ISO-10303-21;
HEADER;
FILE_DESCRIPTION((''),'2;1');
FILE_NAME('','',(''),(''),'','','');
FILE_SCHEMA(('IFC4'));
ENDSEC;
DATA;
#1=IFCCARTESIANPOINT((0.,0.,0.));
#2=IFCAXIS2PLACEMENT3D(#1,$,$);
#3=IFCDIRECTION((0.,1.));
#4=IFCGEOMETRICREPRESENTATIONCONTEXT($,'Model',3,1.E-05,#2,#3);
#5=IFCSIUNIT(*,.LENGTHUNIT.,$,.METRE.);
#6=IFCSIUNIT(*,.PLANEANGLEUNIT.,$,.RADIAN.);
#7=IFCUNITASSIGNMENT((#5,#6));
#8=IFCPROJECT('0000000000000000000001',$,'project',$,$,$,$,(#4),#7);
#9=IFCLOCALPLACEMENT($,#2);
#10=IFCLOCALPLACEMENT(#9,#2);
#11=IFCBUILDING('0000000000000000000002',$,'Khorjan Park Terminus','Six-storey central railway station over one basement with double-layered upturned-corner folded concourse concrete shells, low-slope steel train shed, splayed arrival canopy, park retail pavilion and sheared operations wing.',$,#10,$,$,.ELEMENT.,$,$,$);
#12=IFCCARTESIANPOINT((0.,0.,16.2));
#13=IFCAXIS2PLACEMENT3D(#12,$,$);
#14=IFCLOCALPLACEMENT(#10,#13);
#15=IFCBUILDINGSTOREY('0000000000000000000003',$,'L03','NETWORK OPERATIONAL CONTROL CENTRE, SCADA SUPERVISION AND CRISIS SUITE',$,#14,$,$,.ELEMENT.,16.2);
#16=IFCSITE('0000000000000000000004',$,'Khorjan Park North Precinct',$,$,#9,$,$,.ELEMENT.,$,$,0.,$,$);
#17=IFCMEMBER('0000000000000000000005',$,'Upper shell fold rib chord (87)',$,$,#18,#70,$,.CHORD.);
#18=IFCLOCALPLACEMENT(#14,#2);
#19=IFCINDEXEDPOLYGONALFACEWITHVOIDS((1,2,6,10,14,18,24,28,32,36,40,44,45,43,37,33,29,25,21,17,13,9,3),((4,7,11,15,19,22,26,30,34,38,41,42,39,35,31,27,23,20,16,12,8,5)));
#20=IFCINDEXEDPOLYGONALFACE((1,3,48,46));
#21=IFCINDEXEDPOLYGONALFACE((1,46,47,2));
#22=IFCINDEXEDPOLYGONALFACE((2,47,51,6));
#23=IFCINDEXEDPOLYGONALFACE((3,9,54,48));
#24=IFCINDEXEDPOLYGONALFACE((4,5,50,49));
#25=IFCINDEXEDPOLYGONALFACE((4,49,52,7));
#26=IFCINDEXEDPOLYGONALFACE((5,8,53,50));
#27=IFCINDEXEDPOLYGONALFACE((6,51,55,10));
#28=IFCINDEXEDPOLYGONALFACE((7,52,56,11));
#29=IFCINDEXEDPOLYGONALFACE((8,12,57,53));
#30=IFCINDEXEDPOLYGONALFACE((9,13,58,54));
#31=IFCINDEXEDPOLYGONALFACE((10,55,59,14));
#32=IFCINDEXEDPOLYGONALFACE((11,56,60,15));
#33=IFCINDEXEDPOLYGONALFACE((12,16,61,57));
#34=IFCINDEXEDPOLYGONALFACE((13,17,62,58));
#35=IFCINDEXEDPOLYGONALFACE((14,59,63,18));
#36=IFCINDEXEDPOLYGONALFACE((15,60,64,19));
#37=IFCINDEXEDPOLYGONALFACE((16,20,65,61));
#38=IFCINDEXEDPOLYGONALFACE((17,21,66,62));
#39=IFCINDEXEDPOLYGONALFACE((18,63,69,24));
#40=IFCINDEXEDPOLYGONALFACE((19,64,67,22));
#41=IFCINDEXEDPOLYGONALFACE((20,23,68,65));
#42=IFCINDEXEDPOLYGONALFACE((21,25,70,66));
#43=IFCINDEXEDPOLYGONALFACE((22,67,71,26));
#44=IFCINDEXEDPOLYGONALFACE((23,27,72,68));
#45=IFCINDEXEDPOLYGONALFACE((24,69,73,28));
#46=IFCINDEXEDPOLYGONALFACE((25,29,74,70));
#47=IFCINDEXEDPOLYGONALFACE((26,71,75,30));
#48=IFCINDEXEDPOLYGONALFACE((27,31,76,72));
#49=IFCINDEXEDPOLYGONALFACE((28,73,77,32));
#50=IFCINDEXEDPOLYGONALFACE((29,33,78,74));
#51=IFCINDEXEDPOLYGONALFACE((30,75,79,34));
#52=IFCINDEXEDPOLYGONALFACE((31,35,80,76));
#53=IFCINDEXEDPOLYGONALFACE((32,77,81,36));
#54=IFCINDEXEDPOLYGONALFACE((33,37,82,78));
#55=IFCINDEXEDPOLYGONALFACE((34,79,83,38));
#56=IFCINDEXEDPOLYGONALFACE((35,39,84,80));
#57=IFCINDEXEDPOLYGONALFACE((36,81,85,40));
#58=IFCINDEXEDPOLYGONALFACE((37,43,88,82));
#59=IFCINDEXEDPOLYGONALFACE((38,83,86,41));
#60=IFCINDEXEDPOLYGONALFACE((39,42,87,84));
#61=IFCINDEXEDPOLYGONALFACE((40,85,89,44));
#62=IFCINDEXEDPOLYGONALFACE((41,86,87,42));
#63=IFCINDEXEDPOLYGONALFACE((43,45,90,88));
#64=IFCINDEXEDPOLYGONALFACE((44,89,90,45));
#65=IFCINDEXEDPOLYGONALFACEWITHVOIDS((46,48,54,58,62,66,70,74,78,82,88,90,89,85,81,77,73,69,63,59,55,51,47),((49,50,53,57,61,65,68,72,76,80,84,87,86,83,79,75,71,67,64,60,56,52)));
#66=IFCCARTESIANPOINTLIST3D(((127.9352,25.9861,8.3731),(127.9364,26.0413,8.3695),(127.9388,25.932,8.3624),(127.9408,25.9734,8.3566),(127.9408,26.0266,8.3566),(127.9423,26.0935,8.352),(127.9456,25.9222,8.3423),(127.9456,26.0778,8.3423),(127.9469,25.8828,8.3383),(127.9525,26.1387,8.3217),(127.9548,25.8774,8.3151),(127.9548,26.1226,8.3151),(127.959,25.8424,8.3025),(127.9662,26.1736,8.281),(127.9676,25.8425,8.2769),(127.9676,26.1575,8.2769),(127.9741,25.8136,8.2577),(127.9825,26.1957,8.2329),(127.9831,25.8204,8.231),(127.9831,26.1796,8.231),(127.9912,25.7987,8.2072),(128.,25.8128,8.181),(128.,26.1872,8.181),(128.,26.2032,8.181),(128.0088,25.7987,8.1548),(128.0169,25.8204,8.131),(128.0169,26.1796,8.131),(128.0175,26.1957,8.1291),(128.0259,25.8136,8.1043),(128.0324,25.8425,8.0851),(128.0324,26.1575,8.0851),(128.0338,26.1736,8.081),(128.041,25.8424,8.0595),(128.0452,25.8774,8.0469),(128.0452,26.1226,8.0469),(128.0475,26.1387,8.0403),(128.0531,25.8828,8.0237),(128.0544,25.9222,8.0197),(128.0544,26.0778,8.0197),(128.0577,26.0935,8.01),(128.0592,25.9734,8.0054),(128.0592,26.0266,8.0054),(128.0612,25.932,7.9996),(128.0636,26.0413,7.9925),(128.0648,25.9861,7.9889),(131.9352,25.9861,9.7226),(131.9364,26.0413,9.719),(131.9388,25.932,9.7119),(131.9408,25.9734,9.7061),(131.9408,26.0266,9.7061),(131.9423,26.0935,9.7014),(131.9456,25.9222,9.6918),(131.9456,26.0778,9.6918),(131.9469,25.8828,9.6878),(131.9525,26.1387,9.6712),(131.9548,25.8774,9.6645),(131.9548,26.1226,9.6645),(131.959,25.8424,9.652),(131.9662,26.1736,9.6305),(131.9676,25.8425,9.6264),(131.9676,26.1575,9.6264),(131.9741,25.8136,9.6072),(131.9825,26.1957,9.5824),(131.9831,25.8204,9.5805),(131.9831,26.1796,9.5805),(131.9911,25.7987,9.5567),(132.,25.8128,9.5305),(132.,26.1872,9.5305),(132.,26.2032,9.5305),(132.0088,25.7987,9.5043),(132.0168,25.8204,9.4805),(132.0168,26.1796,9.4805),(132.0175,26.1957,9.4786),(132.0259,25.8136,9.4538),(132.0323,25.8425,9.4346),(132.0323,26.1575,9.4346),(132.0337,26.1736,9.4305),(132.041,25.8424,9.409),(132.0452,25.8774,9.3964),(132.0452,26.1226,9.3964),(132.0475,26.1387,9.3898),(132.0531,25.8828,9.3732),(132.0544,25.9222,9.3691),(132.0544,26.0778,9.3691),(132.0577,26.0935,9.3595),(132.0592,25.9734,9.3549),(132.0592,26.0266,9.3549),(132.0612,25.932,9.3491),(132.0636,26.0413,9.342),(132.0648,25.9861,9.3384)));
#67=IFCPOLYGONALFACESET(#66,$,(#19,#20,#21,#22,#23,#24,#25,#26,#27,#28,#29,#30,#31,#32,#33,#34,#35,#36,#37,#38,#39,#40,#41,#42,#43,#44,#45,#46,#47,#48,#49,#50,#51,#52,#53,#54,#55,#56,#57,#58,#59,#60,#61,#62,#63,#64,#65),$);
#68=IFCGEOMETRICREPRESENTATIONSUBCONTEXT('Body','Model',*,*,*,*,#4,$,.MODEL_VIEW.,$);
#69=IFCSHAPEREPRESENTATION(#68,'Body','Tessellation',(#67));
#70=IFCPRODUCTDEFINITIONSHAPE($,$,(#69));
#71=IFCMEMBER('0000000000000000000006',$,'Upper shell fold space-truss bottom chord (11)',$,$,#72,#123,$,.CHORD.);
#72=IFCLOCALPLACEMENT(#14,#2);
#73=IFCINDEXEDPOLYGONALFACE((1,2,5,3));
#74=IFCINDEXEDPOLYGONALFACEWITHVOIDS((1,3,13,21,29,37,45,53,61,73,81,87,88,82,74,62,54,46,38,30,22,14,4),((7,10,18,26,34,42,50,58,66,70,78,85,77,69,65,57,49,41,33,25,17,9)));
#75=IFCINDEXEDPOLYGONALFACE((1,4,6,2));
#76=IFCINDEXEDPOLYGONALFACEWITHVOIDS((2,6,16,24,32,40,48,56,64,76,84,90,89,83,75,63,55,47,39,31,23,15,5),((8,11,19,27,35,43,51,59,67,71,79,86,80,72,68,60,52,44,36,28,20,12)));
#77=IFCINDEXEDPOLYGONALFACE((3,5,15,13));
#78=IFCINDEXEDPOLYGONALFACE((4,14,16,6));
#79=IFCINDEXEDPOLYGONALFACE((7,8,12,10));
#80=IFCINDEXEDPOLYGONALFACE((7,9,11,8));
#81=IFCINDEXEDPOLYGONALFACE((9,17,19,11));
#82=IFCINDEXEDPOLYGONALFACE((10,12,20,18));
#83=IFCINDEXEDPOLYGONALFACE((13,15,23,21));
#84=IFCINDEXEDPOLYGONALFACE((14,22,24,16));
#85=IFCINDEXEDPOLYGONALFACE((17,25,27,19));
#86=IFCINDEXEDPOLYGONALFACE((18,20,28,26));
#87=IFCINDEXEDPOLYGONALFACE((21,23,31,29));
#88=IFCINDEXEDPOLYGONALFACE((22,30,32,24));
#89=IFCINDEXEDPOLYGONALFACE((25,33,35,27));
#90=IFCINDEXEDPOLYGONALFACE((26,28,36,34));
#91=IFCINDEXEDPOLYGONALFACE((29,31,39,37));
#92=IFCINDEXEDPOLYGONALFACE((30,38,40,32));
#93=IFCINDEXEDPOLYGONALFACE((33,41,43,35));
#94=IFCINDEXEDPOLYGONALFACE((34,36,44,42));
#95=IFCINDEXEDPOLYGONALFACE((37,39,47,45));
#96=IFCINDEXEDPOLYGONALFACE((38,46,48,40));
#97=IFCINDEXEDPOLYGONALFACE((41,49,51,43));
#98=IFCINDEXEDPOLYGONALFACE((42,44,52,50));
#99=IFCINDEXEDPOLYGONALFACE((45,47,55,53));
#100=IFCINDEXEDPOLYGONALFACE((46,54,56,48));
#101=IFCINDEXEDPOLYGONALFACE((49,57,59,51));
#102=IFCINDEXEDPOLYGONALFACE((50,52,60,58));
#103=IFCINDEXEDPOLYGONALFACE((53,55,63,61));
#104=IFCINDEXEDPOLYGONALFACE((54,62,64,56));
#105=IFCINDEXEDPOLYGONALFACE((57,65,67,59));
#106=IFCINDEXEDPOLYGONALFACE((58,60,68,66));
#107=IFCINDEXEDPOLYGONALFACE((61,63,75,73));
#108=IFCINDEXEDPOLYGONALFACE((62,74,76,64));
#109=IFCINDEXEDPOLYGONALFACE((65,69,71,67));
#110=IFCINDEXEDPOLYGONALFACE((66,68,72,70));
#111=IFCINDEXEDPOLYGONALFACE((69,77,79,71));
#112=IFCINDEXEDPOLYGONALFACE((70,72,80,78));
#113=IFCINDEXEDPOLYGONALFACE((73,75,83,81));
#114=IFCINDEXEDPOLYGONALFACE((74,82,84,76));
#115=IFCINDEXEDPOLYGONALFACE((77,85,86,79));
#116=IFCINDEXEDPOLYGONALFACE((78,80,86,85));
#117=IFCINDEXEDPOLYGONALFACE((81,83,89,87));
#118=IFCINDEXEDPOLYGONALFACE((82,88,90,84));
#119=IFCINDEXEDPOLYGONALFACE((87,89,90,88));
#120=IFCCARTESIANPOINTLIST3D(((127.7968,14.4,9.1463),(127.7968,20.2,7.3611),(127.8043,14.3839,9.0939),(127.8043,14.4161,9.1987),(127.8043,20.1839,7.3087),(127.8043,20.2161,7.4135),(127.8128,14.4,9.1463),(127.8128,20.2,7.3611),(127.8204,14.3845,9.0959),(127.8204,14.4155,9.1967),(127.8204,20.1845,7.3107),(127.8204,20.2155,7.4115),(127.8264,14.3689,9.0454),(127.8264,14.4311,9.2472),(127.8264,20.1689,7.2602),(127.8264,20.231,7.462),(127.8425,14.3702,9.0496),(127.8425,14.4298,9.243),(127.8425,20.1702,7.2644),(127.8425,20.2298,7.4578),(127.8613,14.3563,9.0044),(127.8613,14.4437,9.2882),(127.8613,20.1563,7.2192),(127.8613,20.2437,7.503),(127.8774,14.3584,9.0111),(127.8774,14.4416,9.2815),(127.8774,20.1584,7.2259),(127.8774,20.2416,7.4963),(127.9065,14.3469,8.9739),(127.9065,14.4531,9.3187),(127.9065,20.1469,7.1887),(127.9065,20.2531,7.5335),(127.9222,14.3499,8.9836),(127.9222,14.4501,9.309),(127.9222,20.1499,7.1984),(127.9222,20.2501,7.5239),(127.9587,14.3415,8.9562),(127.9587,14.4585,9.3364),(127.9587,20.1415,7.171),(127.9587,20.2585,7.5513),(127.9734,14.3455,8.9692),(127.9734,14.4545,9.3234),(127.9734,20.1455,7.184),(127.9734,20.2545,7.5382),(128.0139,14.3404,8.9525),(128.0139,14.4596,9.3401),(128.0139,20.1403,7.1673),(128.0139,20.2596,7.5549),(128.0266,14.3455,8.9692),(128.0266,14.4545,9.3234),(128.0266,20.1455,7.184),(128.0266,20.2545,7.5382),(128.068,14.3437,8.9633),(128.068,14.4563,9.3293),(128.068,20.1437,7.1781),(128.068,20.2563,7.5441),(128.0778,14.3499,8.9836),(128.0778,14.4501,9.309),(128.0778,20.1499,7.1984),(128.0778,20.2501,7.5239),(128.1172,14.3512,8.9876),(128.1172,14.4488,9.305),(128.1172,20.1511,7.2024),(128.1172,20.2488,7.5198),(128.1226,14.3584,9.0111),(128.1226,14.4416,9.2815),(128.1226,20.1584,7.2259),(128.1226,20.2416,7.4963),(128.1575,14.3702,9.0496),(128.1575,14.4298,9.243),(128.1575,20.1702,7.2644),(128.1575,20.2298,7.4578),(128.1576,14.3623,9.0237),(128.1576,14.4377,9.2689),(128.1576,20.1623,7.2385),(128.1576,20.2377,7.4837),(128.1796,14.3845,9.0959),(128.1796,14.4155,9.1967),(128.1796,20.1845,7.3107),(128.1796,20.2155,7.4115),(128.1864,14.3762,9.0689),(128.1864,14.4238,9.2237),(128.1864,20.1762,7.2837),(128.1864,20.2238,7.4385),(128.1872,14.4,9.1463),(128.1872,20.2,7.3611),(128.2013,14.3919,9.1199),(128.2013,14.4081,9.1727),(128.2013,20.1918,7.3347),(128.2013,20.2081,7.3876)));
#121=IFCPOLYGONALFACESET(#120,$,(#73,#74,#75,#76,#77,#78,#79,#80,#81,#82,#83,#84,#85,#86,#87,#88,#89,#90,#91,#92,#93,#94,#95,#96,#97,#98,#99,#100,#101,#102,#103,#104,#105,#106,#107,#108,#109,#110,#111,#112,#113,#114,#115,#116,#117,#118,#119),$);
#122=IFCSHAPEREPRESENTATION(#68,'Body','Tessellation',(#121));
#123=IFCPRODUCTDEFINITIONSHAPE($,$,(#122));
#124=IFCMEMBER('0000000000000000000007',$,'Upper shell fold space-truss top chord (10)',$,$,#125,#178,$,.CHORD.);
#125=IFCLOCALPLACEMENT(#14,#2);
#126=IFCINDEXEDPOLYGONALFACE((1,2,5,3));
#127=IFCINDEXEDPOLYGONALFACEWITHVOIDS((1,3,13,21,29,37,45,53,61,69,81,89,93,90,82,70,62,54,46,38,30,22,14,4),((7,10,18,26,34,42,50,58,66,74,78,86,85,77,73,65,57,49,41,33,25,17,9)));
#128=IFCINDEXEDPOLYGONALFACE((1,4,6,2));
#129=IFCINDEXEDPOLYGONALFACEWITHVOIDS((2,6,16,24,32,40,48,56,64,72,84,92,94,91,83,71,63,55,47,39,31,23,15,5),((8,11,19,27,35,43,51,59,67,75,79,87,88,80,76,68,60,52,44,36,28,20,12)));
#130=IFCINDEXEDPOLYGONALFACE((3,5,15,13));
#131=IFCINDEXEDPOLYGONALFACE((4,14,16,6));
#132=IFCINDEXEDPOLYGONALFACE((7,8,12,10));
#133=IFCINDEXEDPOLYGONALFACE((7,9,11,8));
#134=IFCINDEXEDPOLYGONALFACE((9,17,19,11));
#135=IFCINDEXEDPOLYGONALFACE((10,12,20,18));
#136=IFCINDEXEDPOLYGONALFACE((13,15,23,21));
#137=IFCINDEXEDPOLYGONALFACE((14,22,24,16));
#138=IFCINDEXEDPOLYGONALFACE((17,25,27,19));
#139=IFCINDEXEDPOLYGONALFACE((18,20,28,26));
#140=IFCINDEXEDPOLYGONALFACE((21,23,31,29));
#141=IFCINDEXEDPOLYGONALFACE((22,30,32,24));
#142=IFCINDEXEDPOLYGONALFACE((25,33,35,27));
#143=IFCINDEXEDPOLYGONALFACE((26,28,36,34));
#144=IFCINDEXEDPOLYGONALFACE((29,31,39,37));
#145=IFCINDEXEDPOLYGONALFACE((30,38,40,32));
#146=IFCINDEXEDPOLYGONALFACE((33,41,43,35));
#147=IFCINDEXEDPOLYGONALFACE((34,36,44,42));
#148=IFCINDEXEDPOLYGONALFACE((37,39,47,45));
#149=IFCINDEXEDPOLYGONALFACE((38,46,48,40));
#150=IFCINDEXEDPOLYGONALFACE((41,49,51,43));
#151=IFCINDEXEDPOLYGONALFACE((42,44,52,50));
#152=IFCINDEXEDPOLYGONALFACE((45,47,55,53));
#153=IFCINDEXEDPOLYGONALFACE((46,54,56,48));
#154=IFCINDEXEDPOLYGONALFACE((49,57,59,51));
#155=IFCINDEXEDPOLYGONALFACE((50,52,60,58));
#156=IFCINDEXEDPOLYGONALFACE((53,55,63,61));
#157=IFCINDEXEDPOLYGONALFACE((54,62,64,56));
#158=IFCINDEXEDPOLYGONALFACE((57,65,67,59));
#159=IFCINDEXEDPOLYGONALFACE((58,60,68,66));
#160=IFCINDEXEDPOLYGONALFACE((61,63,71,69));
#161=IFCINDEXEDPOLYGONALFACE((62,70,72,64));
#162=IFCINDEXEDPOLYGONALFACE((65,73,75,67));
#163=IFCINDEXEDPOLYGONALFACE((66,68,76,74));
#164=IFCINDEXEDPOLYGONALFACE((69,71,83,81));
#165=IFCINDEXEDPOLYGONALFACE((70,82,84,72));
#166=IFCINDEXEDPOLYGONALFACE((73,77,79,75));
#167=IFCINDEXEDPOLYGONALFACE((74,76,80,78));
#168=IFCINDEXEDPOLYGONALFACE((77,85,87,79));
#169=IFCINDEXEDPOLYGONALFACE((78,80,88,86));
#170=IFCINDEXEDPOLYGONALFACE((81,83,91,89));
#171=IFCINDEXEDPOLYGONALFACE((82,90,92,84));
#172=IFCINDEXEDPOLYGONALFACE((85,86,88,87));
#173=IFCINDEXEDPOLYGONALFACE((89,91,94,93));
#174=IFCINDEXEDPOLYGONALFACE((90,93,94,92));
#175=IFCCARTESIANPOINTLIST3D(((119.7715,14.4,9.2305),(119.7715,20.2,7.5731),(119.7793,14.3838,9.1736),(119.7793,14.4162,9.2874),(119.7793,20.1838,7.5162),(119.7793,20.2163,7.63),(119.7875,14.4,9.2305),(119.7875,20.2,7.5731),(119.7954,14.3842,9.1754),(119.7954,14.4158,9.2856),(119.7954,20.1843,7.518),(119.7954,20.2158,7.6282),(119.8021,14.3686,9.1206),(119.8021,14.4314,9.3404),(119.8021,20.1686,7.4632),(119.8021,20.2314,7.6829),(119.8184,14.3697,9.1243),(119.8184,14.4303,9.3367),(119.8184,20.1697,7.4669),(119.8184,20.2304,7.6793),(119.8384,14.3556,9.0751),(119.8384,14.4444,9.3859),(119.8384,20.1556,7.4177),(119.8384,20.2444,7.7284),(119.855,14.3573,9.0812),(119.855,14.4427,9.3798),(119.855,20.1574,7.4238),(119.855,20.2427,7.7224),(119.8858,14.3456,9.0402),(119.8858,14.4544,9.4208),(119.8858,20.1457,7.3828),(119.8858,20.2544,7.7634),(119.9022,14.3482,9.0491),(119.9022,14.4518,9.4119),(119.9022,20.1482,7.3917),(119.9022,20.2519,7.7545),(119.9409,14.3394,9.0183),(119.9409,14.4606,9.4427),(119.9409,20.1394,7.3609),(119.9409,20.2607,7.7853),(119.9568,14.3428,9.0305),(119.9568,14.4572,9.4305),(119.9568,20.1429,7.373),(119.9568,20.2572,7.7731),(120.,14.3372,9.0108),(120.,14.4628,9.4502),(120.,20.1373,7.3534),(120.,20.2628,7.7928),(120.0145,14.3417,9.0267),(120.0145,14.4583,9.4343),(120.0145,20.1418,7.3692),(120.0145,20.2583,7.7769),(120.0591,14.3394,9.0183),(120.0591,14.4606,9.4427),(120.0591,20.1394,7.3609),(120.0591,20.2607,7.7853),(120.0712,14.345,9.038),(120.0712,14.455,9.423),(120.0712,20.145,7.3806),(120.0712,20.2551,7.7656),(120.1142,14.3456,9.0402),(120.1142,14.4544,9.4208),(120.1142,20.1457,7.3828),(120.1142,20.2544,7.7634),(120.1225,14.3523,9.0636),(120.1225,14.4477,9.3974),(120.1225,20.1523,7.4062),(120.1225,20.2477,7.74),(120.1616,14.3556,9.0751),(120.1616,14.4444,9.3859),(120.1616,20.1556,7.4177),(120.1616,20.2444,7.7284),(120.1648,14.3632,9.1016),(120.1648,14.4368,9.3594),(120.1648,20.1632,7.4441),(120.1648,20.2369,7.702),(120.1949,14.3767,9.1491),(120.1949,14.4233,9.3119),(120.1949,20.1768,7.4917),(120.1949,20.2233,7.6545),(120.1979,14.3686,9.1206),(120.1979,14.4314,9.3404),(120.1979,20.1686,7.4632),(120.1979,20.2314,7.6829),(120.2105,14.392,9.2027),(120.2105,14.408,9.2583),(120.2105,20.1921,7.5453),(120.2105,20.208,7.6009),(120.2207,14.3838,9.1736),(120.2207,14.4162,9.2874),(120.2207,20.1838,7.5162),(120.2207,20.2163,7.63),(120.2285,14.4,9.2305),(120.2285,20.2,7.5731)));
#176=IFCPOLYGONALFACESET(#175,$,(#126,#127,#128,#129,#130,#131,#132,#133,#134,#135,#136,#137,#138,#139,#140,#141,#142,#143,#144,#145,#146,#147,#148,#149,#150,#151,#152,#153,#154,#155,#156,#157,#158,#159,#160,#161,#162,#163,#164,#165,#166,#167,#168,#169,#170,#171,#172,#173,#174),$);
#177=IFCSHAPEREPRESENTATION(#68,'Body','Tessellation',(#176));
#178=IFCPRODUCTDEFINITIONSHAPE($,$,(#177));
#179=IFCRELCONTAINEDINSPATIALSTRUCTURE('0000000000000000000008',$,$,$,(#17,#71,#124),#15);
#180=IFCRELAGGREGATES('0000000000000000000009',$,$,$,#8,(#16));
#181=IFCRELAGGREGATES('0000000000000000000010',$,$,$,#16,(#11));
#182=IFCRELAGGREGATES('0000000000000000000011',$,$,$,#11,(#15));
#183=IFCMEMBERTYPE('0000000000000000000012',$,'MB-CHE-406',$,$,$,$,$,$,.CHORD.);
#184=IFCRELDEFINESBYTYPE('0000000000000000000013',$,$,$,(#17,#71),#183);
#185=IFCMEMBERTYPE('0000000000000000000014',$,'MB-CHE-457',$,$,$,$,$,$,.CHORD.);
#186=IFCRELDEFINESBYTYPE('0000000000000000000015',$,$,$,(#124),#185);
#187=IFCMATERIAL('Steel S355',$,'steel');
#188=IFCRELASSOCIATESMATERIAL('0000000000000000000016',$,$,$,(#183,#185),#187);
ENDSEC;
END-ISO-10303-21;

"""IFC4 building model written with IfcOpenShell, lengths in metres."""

from ifc_helpers import new_model, si_unit, direction, frame, origin, origin_2d, place, context, subcontext, project, spatial, hollow_circle, extrude, material, material_profile, profile_set, type_object, element, save


model = new_model("IFC4")

# Units and contexts
model_context = context("Model", 3, precision=1e-05, world=origin(), true_north=direction((0.0, 1.0)))
body_context = subcontext(model_context, "Body", "Model", "MODEL_VIEW")
ifc_project = project(units=[si_unit("LENGTHUNIT", "METRE"), si_unit("PLANEANGLEUNIT", "RADIAN")], contexts=[model_context])

# Site, building, storey
site_placement = place(None, origin())
site = spatial("IfcSite", under=ifc_project, at=site_placement, Name="Khorjan Park North Precinct", CompositionType="ELEMENT", RefElevation=0.0)
building_placement = place(site_placement, origin())
building = spatial("IfcBuilding", under=site, at=building_placement, Name="Khorjan Park Terminus", Description="Six-storey central railway station over one basement with double-layered upturned-corner folded concourse concrete shells, low-slope steel train shed, splayed arrival canopy, park retail pavilion and sheared operations wing.", CompositionType="ELEMENT")
storey_placement = place(building_placement, frame((0.0, 0.0, 16.2)))
storey = spatial("IfcBuildingStorey", under=building, at=storey_placement, Name="L03", Description="NETWORK OPERATIONAL CONTROL CENTRE, SCADA SUPERVISION AND CRISIS SUITE", CompositionType="ELEMENT", Elevation=16.2)

# Members
ifc_material = material(Name="Steel S355", Category="steel")
ifc_material_profile_1 = material_profile(ifc_material, hollow_circle(Radius=0.2032, WallThickness=0.016, at=origin_2d()), Name="CHS 406.4x16")
ifc_profile_set_1 = profile_set([ifc_material_profile_1], Name="Steel S355")
member_type_1 = type_object("IfcMemberType", Name="MB-CHE-406", PredefinedType="CHORD", material=ifc_profile_set_1)
member_1_placement = place(storey_placement, frame((128.0, 26.0, 8.181), z_axis=(0.947528, 0.0, 0.319672), x_axis=(0.0, 1.0, 0.0)))
element("IfcMember", 1, at=member_1_placement, inside=storey, type_object=member_type_1, Name="Upper shell fold rib chord (87)", PredefinedType="CHORD", context=body_context, shape_type="SweptSolid", body=[
    extrude(hollow_circle(Radius=0.2032, WallThickness=0.016, at=origin_2d()), origin(), (0.0, 0.0, 1.0), 4.2215),
])
member_2_placement = place(storey_placement, frame((128.0, 14.4, 9.1463), z_axis=(0.0, 0.955752, -0.294174), x_axis=(-1.0, 0.0, 0.0)))
element("IfcMember", 2, at=member_2_placement, inside=storey, type_object=member_type_1, Name="Upper shell fold space-truss bottom chord (11)", PredefinedType="CHORD", context=body_context, shape_type="SweptSolid", body=[
    extrude(hollow_circle(Radius=0.2032, WallThickness=0.016, at=origin_2d()), origin(), (0.0, 0.0, 1.0), 6.0685),
])
ifc_material_profile_2 = material_profile(ifc_material, hollow_circle(Radius=0.2285, WallThickness=0.016, at=origin_2d()), Name="CHS 457x16")
ifc_profile_set_2 = profile_set([ifc_material_profile_2], Name="Steel S355")
member_type_2 = type_object("IfcMemberType", Name="MB-CHE-457", PredefinedType="CHORD", material=ifc_profile_set_2)
member_3_placement = place(storey_placement, frame((120.0, 14.4, 9.2305), z_axis=(0.0, 0.961513, -0.274761), x_axis=(-1.0, 0.0, 0.0)))
element("IfcMember", 3, at=member_3_placement, inside=storey, type_object=member_type_2, Name="Upper shell fold space-truss top chord (10)", PredefinedType="CHORD", context=body_context, shape_type="SweptSolid", body=[
    extrude(hollow_circle(Radius=0.2285, WallThickness=0.016, at=origin_2d()), origin(), (0.0, 0.0, 1.0), 6.0322),
])

save(model, "model.ifc")
